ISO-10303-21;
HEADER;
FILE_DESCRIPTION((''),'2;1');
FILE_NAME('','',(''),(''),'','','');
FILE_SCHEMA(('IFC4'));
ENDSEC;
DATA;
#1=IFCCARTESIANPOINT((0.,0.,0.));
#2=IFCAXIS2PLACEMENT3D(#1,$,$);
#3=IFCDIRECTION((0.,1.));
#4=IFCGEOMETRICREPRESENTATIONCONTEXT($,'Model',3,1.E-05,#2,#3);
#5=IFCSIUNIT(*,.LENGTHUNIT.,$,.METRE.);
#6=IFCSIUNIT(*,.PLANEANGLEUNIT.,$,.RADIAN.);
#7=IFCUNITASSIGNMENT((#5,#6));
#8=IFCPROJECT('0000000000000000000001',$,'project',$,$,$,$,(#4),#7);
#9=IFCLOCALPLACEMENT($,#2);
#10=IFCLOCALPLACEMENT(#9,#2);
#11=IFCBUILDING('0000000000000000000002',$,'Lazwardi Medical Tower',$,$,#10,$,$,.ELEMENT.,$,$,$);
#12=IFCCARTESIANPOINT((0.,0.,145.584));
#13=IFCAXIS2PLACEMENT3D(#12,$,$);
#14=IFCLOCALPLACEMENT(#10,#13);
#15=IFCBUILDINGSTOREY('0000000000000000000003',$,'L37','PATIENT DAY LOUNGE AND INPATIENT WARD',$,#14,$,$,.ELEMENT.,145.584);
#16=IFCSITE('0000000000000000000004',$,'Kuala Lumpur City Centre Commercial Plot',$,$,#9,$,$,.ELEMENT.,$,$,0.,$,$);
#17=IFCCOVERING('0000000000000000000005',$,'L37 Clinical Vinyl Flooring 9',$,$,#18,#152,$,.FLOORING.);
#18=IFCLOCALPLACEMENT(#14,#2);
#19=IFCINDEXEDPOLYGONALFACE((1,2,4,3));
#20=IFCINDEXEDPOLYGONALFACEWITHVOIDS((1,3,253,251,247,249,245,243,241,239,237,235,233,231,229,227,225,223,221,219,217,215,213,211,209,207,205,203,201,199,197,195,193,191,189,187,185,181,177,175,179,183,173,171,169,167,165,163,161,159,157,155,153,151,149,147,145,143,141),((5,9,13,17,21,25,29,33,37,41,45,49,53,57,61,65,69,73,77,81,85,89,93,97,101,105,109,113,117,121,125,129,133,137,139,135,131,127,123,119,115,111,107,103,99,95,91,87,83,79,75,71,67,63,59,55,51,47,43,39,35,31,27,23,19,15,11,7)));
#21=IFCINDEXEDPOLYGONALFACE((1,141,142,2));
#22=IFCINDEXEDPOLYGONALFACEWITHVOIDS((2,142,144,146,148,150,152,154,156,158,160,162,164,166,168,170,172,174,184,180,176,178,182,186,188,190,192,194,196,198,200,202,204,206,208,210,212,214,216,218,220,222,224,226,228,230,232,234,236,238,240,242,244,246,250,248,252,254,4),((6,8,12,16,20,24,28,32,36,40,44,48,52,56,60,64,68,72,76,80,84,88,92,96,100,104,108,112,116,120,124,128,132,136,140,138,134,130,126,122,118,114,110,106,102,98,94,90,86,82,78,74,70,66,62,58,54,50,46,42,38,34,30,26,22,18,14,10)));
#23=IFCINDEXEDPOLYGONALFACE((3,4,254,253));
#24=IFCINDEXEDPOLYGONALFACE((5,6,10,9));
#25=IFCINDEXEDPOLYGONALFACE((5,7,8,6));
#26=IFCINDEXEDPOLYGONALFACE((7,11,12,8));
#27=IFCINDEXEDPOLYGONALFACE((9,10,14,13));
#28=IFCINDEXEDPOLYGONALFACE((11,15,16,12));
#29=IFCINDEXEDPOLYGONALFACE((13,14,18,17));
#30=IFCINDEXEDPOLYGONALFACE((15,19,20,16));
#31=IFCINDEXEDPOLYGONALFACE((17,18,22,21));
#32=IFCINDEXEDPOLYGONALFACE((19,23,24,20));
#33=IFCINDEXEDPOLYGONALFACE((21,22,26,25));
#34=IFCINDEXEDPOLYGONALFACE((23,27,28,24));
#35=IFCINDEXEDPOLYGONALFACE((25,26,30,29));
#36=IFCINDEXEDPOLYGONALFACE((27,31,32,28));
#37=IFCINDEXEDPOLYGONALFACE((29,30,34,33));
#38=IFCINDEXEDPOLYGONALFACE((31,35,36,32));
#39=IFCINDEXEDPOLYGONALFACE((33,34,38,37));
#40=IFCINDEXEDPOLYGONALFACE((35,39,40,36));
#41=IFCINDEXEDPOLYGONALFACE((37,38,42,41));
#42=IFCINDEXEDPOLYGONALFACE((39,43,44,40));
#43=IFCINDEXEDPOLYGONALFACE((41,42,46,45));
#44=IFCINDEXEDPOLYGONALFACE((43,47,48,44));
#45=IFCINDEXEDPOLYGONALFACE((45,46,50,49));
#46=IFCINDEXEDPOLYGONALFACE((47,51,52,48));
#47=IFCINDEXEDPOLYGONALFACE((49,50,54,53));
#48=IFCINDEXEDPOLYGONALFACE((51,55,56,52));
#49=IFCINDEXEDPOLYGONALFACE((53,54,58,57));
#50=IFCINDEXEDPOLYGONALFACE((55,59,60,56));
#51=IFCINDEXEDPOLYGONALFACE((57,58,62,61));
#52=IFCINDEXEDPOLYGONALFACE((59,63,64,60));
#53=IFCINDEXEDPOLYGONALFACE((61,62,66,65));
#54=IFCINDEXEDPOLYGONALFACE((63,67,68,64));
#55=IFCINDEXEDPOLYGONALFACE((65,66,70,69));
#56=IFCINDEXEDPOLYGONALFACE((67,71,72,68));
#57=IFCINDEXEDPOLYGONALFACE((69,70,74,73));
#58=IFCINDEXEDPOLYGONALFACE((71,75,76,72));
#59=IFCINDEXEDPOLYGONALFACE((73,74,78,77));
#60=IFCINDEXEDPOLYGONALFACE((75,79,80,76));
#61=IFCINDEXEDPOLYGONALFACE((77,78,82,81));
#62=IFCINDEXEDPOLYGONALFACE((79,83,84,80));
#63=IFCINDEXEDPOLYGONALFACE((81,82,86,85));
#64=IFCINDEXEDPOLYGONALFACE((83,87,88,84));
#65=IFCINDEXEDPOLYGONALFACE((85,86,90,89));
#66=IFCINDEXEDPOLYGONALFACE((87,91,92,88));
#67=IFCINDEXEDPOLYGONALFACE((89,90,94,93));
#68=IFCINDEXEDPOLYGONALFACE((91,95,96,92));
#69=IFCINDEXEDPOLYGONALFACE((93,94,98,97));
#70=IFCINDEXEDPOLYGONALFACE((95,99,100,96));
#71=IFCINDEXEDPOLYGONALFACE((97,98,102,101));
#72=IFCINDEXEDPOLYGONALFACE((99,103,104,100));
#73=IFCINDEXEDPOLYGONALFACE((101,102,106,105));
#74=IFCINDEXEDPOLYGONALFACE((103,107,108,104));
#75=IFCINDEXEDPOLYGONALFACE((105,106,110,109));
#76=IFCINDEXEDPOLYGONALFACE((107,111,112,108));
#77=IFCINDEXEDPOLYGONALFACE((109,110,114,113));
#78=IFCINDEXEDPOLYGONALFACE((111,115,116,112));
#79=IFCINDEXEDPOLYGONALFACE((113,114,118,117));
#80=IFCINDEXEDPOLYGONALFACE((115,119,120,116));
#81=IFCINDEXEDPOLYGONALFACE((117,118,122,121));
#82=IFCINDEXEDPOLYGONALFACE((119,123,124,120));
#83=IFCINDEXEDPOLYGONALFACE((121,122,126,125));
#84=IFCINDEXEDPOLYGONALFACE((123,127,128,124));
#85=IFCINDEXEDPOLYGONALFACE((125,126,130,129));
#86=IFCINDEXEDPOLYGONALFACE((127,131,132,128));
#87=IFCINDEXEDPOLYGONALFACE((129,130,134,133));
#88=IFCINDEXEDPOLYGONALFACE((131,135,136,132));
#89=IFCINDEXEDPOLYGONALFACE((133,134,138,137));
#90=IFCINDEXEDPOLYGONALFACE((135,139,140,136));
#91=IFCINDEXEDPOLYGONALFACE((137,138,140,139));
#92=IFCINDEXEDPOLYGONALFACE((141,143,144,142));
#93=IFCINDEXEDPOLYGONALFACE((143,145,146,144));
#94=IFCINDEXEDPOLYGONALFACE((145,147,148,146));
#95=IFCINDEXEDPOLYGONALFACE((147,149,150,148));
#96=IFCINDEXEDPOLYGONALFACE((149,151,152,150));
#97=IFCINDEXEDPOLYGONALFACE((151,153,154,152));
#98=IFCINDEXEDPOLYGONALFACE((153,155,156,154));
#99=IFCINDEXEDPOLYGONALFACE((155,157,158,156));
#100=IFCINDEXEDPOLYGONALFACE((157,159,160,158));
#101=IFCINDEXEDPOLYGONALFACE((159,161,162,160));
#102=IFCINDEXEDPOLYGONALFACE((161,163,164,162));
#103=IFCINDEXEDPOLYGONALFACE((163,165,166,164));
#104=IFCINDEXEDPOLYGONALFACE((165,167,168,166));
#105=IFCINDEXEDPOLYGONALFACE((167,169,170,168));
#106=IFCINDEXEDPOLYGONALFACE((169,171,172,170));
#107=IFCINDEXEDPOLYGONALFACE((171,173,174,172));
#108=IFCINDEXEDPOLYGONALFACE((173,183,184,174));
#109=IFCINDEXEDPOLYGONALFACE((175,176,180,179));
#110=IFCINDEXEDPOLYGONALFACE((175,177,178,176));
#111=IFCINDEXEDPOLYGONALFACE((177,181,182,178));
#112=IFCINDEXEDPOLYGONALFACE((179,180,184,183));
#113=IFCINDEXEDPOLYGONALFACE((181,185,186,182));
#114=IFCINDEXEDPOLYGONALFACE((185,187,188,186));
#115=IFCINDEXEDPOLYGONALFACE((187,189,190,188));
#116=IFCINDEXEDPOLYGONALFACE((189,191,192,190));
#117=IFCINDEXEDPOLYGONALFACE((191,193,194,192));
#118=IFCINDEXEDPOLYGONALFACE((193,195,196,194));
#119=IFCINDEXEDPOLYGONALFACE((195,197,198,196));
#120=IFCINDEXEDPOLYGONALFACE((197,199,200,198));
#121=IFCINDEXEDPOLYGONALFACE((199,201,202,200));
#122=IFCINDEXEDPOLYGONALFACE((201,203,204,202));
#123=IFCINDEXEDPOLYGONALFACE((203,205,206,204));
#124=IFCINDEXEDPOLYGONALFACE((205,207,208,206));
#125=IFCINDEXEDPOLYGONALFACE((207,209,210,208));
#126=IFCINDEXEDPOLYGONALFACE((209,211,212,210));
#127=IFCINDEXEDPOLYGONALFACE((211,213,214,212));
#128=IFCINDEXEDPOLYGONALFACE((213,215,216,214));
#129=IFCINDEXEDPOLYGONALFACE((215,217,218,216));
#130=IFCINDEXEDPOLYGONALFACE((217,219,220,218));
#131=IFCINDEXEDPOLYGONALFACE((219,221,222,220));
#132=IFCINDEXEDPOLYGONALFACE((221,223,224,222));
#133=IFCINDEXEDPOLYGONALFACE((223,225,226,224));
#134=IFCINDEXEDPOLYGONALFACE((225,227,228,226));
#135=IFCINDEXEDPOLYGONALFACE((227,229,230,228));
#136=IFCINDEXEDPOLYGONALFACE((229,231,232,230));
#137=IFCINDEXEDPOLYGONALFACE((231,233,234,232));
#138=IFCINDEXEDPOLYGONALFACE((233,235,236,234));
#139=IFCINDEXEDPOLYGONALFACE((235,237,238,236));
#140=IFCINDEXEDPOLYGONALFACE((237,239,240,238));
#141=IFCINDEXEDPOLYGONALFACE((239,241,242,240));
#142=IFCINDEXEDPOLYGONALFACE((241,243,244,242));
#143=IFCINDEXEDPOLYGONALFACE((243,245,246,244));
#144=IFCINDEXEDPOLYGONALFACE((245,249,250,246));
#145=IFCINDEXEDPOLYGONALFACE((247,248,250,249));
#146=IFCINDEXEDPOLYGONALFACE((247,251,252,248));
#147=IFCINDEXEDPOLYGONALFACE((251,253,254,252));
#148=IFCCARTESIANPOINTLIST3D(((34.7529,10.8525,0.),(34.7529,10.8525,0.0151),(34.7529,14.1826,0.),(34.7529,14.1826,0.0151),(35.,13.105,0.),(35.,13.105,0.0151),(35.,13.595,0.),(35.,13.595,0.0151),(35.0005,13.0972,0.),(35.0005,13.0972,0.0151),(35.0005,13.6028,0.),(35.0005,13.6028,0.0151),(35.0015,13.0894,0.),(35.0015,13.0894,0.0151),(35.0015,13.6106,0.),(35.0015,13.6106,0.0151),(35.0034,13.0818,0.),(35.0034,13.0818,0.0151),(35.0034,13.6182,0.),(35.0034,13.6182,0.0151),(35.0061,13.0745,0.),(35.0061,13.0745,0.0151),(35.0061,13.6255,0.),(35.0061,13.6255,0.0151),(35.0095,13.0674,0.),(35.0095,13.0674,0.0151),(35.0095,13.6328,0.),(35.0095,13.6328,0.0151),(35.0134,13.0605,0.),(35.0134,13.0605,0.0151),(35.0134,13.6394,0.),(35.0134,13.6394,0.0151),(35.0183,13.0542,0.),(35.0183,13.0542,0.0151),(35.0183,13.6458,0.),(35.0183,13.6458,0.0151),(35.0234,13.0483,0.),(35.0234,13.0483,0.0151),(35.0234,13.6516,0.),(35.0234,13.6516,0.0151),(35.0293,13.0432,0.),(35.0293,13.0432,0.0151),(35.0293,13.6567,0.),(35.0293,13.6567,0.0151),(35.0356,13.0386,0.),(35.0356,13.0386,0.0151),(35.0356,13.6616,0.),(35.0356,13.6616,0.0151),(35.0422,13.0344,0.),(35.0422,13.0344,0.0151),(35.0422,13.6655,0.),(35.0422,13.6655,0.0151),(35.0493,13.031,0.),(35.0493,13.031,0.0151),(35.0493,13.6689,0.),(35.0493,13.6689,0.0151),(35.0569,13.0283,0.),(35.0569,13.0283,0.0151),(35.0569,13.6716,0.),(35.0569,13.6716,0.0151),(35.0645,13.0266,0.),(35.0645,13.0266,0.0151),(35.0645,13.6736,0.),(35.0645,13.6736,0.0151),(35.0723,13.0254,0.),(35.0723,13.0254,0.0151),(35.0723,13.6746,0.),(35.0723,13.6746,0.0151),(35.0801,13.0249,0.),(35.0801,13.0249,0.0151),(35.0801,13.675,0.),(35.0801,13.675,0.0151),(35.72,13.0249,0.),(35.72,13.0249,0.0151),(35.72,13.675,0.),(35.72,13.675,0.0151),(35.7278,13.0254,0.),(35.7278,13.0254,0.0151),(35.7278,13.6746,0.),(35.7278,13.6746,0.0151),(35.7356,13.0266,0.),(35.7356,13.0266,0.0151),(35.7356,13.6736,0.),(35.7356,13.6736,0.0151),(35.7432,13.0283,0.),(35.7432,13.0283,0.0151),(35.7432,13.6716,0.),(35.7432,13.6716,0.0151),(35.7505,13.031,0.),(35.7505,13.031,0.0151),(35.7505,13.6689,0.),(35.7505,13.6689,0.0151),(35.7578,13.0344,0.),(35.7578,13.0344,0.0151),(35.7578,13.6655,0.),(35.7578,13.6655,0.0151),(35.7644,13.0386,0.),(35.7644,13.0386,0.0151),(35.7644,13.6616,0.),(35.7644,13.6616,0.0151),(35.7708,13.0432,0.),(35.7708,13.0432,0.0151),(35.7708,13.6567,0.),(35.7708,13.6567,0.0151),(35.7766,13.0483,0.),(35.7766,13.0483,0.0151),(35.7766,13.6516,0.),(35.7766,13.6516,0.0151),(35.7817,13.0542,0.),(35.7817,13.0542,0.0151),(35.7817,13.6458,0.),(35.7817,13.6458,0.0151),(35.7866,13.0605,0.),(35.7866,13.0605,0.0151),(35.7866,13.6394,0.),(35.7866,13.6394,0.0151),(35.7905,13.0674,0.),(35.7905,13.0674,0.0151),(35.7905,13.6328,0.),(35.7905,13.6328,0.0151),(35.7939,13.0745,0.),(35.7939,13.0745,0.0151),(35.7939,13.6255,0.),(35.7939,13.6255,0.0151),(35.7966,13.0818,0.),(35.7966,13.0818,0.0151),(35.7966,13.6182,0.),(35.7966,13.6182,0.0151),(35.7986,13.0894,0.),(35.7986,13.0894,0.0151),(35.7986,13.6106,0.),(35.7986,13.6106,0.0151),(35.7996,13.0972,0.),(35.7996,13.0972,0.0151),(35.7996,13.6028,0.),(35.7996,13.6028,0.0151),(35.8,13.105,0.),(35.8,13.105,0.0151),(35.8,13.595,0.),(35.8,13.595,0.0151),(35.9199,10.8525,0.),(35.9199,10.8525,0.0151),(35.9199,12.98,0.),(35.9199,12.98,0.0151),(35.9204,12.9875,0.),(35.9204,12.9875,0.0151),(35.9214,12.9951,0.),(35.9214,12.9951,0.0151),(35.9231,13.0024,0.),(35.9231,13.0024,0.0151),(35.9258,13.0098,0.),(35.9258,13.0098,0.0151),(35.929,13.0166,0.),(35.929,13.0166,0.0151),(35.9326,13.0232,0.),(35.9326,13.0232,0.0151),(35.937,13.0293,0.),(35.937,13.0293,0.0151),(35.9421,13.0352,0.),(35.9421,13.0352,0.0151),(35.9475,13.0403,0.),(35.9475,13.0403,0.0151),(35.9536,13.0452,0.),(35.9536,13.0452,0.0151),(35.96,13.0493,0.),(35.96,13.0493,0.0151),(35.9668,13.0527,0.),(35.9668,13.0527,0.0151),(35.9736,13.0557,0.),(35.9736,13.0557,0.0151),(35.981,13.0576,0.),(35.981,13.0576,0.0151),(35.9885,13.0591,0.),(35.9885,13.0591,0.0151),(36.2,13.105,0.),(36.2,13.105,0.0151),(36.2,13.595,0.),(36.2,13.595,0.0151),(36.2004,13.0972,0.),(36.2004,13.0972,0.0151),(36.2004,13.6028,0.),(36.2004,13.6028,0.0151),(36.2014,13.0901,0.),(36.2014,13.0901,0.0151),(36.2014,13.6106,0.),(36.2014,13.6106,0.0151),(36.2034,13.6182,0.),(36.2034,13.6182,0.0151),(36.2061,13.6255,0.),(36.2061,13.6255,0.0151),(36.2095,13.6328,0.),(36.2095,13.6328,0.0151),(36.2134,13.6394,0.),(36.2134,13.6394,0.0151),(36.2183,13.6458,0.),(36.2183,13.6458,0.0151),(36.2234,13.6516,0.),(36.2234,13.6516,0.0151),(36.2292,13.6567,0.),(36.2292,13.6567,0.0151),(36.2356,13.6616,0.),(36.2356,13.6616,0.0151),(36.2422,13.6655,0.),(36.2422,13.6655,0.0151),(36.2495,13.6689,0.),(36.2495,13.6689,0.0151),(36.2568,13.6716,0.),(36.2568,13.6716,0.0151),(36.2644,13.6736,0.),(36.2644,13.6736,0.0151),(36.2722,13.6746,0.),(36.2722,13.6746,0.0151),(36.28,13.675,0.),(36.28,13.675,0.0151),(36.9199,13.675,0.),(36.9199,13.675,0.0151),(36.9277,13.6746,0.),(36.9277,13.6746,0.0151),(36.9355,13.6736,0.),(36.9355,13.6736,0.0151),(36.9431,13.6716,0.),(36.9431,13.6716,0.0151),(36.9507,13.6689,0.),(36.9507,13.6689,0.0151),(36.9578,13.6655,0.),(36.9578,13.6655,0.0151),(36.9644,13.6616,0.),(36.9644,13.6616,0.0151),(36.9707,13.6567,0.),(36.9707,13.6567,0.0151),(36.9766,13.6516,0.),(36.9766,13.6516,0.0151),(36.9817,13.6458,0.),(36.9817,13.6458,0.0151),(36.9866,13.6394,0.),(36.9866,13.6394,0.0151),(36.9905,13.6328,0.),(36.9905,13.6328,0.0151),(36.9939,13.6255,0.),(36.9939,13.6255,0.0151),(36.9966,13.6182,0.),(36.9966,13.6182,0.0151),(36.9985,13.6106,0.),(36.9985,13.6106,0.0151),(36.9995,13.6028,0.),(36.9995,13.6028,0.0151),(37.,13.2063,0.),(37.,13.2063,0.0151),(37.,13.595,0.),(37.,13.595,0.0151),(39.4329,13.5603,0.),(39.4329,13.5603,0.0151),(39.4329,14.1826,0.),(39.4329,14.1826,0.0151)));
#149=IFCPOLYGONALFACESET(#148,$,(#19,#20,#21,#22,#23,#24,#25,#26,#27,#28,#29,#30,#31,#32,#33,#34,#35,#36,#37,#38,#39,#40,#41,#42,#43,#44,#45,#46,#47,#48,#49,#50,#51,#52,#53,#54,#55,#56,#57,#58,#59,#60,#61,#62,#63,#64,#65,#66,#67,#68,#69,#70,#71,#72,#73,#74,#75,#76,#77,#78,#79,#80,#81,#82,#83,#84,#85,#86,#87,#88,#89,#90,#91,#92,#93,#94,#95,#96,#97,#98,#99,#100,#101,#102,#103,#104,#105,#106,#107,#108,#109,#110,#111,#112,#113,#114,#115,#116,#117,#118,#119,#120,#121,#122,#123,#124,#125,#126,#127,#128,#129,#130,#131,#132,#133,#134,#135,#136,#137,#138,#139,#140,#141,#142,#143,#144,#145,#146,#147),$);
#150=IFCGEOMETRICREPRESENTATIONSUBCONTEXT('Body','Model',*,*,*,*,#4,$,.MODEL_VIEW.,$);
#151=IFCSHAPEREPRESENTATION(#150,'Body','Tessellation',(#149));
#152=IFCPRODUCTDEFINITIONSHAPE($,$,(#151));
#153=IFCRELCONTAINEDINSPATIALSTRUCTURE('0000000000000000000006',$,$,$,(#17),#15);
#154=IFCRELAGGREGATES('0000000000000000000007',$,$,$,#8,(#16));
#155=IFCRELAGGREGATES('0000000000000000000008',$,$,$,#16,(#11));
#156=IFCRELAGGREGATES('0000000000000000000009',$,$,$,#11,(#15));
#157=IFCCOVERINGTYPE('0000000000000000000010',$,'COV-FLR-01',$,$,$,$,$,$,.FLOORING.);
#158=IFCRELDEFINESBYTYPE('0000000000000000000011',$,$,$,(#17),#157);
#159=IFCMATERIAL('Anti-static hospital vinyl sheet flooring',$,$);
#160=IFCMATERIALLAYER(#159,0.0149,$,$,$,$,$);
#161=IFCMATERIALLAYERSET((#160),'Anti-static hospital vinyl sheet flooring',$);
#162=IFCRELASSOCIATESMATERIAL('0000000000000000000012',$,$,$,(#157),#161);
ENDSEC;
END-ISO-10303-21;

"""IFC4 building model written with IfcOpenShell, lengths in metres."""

from ifc_helpers import new_model, si_unit, direction, frame, origin, place, context, subcontext, project, spatial, polyline, outline, extrude, material, layer, layer_set, type_object, element, save


model = new_model("IFC4")

# Units and contexts
model_context = context("Model", 3, precision=1e-05, world=origin(), true_north=direction((0.0, 1.0)))
body_context = subcontext(model_context, "Body", "Model", "MODEL_VIEW")
ifc_project = project(units=[si_unit("LENGTHUNIT", "METRE"), si_unit("PLANEANGLEUNIT", "RADIAN")], contexts=[model_context])

# Site, building, storey
site_placement = place(None, origin())
site = spatial("IfcSite", under=ifc_project, at=site_placement, Name="Kuala Lumpur City Centre Commercial Plot", CompositionType="ELEMENT", RefElevation=0.0)
building_placement = place(site_placement, origin())
building = spatial("IfcBuilding", under=site, at=building_placement, Name="Lazwardi Medical Tower", CompositionType="ELEMENT")
storey_placement = place(building_placement, frame((0.0, 0.0, 145.584)))
storey = spatial("IfcBuildingStorey", under=building, at=storey_placement, Name="L37", Description="PATIENT DAY LOUNGE AND INPATIENT WARD", CompositionType="ELEMENT", Elevation=145.584)

# Covering
ifc_material_1 = material(Name="Anti-static hospital vinyl sheet flooring")
ifc_layer_1 = layer(ifc_material_1, 0.0149)
ifc_layer_set_1 = layer_set([ifc_layer_1], Name="Anti-static hospital vinyl sheet flooring")
covering_type_1 = type_object("IfcCoveringType", Name="COV-FLR-01", PredefinedType="FLOORING", material=ifc_layer_set_1)
covering_1_placement = place(storey_placement, origin())
element("IfcCovering", 1, at=covering_1_placement, inside=storey, type_object=covering_type_1, Name="L37 Clinical Vinyl Flooring 9", PredefinedType="FLOORING", context=body_context, shape_type="SweptSolid", body=[
    extrude(outline(polyline([(35.9199, 10.8525), (35.9199, 12.98), (35.9204, 12.9875), (35.9214, 12.9951), (35.9231, 13.0024), (35.9258, 13.0098), (35.929, 13.0166), (35.9326, 13.0232), (35.937, 13.0293), (35.9421, 13.0352), (35.9475, 13.0403), (35.9536, 13.0452), (35.96, 13.0493), (35.9668, 13.0527), (35.9736, 13.0557), (35.981, 13.0576), (35.9885, 13.0591), (36.2014, 13.0901), (36.2004, 13.0972), (36.2, 13.105), (36.2, 13.595), (36.2004, 13.6028), (36.2014, 13.6106), (36.2034, 13.6182), (36.2061, 13.6255), (36.2095, 13.6328), (36.2134, 13.6394), (36.2183, 13.6458), (36.2234, 13.6516), (36.2292, 13.6567), (36.2356, 13.6616), (36.2422, 13.6655), (36.2495, 13.6689), (36.2568, 13.6716), (36.2644, 13.6736), (36.2722, 13.6746), (36.28, 13.675), (36.9199, 13.675), (36.9277, 13.6746), (36.9355, 13.6736), (36.9431, 13.6716), (36.9507, 13.6689), (36.9578, 13.6655), (36.9644, 13.6616), (36.9707, 13.6567), (36.9766, 13.6516), (36.9817, 13.6458), (36.9866, 13.6394), (36.9905, 13.6328), (36.9939, 13.6255), (36.9966, 13.6182), (36.9985, 13.6106), (36.9995, 13.6028), (37.0, 13.595), (37.0, 13.2063), (39.4329, 13.5603), (39.4329, 14.1826), (34.7529, 14.1826), (34.7529, 10.8525), (35.9199, 10.8525)]), holes=[polyline([(35.7432, 13.0283), (35.7356, 13.0266), (35.7278, 13.0254), (35.72, 13.0249), (35.0801, 13.0249), (35.0723, 13.0254), (35.0645, 13.0266), (35.0569, 13.0283), (35.0493, 13.031), (35.0422, 13.0344), (35.0356, 13.0386), (35.0293, 13.0432), (35.0234, 13.0483), (35.0183, 13.0542), (35.0134, 13.0605), (35.0095, 13.0674), (35.0061, 13.0745), (35.0034, 13.0818), (35.0015, 13.0894), (35.0005, 13.0972), (35.0, 13.105), (35.0, 13.595), (35.0005, 13.6028), (35.0015, 13.6106), (35.0034, 13.6182), (35.0061, 13.6255), (35.0095, 13.6328), (35.0134, 13.6394), (35.0183, 13.6458), (35.0234, 13.6516), (35.0293, 13.6567), (35.0356, 13.6616), (35.0422, 13.6655), (35.0493, 13.6689), (35.0569, 13.6716), (35.0645, 13.6736), (35.0723, 13.6746), (35.0801, 13.675), (35.72, 13.675), (35.7278, 13.6746), (35.7356, 13.6736), (35.7432, 13.6716), (35.7505, 13.6689), (35.7578, 13.6655), (35.7644, 13.6616), (35.7708, 13.6567), (35.7766, 13.6516), (35.7817, 13.6458), (35.7866, 13.6394), (35.7905, 13.6328), (35.7939, 13.6255), (35.7966, 13.6182), (35.7986, 13.6106), (35.7996, 13.6028), (35.8, 13.595), (35.8, 13.105), (35.7996, 13.0972), (35.7986, 13.0894), (35.7966, 13.0818), (35.7939, 13.0745), (35.7905, 13.0674), (35.7866, 13.0605), (35.7817, 13.0542), (35.7766, 13.0483), (35.7708, 13.0432), (35.7644, 13.0386), (35.7578, 13.0344), (35.7505, 13.031), (35.7432, 13.0283)])]), origin(), (0.0, 0.0, 1.0), 0.0151),
])

save(model, "model.ifc")
